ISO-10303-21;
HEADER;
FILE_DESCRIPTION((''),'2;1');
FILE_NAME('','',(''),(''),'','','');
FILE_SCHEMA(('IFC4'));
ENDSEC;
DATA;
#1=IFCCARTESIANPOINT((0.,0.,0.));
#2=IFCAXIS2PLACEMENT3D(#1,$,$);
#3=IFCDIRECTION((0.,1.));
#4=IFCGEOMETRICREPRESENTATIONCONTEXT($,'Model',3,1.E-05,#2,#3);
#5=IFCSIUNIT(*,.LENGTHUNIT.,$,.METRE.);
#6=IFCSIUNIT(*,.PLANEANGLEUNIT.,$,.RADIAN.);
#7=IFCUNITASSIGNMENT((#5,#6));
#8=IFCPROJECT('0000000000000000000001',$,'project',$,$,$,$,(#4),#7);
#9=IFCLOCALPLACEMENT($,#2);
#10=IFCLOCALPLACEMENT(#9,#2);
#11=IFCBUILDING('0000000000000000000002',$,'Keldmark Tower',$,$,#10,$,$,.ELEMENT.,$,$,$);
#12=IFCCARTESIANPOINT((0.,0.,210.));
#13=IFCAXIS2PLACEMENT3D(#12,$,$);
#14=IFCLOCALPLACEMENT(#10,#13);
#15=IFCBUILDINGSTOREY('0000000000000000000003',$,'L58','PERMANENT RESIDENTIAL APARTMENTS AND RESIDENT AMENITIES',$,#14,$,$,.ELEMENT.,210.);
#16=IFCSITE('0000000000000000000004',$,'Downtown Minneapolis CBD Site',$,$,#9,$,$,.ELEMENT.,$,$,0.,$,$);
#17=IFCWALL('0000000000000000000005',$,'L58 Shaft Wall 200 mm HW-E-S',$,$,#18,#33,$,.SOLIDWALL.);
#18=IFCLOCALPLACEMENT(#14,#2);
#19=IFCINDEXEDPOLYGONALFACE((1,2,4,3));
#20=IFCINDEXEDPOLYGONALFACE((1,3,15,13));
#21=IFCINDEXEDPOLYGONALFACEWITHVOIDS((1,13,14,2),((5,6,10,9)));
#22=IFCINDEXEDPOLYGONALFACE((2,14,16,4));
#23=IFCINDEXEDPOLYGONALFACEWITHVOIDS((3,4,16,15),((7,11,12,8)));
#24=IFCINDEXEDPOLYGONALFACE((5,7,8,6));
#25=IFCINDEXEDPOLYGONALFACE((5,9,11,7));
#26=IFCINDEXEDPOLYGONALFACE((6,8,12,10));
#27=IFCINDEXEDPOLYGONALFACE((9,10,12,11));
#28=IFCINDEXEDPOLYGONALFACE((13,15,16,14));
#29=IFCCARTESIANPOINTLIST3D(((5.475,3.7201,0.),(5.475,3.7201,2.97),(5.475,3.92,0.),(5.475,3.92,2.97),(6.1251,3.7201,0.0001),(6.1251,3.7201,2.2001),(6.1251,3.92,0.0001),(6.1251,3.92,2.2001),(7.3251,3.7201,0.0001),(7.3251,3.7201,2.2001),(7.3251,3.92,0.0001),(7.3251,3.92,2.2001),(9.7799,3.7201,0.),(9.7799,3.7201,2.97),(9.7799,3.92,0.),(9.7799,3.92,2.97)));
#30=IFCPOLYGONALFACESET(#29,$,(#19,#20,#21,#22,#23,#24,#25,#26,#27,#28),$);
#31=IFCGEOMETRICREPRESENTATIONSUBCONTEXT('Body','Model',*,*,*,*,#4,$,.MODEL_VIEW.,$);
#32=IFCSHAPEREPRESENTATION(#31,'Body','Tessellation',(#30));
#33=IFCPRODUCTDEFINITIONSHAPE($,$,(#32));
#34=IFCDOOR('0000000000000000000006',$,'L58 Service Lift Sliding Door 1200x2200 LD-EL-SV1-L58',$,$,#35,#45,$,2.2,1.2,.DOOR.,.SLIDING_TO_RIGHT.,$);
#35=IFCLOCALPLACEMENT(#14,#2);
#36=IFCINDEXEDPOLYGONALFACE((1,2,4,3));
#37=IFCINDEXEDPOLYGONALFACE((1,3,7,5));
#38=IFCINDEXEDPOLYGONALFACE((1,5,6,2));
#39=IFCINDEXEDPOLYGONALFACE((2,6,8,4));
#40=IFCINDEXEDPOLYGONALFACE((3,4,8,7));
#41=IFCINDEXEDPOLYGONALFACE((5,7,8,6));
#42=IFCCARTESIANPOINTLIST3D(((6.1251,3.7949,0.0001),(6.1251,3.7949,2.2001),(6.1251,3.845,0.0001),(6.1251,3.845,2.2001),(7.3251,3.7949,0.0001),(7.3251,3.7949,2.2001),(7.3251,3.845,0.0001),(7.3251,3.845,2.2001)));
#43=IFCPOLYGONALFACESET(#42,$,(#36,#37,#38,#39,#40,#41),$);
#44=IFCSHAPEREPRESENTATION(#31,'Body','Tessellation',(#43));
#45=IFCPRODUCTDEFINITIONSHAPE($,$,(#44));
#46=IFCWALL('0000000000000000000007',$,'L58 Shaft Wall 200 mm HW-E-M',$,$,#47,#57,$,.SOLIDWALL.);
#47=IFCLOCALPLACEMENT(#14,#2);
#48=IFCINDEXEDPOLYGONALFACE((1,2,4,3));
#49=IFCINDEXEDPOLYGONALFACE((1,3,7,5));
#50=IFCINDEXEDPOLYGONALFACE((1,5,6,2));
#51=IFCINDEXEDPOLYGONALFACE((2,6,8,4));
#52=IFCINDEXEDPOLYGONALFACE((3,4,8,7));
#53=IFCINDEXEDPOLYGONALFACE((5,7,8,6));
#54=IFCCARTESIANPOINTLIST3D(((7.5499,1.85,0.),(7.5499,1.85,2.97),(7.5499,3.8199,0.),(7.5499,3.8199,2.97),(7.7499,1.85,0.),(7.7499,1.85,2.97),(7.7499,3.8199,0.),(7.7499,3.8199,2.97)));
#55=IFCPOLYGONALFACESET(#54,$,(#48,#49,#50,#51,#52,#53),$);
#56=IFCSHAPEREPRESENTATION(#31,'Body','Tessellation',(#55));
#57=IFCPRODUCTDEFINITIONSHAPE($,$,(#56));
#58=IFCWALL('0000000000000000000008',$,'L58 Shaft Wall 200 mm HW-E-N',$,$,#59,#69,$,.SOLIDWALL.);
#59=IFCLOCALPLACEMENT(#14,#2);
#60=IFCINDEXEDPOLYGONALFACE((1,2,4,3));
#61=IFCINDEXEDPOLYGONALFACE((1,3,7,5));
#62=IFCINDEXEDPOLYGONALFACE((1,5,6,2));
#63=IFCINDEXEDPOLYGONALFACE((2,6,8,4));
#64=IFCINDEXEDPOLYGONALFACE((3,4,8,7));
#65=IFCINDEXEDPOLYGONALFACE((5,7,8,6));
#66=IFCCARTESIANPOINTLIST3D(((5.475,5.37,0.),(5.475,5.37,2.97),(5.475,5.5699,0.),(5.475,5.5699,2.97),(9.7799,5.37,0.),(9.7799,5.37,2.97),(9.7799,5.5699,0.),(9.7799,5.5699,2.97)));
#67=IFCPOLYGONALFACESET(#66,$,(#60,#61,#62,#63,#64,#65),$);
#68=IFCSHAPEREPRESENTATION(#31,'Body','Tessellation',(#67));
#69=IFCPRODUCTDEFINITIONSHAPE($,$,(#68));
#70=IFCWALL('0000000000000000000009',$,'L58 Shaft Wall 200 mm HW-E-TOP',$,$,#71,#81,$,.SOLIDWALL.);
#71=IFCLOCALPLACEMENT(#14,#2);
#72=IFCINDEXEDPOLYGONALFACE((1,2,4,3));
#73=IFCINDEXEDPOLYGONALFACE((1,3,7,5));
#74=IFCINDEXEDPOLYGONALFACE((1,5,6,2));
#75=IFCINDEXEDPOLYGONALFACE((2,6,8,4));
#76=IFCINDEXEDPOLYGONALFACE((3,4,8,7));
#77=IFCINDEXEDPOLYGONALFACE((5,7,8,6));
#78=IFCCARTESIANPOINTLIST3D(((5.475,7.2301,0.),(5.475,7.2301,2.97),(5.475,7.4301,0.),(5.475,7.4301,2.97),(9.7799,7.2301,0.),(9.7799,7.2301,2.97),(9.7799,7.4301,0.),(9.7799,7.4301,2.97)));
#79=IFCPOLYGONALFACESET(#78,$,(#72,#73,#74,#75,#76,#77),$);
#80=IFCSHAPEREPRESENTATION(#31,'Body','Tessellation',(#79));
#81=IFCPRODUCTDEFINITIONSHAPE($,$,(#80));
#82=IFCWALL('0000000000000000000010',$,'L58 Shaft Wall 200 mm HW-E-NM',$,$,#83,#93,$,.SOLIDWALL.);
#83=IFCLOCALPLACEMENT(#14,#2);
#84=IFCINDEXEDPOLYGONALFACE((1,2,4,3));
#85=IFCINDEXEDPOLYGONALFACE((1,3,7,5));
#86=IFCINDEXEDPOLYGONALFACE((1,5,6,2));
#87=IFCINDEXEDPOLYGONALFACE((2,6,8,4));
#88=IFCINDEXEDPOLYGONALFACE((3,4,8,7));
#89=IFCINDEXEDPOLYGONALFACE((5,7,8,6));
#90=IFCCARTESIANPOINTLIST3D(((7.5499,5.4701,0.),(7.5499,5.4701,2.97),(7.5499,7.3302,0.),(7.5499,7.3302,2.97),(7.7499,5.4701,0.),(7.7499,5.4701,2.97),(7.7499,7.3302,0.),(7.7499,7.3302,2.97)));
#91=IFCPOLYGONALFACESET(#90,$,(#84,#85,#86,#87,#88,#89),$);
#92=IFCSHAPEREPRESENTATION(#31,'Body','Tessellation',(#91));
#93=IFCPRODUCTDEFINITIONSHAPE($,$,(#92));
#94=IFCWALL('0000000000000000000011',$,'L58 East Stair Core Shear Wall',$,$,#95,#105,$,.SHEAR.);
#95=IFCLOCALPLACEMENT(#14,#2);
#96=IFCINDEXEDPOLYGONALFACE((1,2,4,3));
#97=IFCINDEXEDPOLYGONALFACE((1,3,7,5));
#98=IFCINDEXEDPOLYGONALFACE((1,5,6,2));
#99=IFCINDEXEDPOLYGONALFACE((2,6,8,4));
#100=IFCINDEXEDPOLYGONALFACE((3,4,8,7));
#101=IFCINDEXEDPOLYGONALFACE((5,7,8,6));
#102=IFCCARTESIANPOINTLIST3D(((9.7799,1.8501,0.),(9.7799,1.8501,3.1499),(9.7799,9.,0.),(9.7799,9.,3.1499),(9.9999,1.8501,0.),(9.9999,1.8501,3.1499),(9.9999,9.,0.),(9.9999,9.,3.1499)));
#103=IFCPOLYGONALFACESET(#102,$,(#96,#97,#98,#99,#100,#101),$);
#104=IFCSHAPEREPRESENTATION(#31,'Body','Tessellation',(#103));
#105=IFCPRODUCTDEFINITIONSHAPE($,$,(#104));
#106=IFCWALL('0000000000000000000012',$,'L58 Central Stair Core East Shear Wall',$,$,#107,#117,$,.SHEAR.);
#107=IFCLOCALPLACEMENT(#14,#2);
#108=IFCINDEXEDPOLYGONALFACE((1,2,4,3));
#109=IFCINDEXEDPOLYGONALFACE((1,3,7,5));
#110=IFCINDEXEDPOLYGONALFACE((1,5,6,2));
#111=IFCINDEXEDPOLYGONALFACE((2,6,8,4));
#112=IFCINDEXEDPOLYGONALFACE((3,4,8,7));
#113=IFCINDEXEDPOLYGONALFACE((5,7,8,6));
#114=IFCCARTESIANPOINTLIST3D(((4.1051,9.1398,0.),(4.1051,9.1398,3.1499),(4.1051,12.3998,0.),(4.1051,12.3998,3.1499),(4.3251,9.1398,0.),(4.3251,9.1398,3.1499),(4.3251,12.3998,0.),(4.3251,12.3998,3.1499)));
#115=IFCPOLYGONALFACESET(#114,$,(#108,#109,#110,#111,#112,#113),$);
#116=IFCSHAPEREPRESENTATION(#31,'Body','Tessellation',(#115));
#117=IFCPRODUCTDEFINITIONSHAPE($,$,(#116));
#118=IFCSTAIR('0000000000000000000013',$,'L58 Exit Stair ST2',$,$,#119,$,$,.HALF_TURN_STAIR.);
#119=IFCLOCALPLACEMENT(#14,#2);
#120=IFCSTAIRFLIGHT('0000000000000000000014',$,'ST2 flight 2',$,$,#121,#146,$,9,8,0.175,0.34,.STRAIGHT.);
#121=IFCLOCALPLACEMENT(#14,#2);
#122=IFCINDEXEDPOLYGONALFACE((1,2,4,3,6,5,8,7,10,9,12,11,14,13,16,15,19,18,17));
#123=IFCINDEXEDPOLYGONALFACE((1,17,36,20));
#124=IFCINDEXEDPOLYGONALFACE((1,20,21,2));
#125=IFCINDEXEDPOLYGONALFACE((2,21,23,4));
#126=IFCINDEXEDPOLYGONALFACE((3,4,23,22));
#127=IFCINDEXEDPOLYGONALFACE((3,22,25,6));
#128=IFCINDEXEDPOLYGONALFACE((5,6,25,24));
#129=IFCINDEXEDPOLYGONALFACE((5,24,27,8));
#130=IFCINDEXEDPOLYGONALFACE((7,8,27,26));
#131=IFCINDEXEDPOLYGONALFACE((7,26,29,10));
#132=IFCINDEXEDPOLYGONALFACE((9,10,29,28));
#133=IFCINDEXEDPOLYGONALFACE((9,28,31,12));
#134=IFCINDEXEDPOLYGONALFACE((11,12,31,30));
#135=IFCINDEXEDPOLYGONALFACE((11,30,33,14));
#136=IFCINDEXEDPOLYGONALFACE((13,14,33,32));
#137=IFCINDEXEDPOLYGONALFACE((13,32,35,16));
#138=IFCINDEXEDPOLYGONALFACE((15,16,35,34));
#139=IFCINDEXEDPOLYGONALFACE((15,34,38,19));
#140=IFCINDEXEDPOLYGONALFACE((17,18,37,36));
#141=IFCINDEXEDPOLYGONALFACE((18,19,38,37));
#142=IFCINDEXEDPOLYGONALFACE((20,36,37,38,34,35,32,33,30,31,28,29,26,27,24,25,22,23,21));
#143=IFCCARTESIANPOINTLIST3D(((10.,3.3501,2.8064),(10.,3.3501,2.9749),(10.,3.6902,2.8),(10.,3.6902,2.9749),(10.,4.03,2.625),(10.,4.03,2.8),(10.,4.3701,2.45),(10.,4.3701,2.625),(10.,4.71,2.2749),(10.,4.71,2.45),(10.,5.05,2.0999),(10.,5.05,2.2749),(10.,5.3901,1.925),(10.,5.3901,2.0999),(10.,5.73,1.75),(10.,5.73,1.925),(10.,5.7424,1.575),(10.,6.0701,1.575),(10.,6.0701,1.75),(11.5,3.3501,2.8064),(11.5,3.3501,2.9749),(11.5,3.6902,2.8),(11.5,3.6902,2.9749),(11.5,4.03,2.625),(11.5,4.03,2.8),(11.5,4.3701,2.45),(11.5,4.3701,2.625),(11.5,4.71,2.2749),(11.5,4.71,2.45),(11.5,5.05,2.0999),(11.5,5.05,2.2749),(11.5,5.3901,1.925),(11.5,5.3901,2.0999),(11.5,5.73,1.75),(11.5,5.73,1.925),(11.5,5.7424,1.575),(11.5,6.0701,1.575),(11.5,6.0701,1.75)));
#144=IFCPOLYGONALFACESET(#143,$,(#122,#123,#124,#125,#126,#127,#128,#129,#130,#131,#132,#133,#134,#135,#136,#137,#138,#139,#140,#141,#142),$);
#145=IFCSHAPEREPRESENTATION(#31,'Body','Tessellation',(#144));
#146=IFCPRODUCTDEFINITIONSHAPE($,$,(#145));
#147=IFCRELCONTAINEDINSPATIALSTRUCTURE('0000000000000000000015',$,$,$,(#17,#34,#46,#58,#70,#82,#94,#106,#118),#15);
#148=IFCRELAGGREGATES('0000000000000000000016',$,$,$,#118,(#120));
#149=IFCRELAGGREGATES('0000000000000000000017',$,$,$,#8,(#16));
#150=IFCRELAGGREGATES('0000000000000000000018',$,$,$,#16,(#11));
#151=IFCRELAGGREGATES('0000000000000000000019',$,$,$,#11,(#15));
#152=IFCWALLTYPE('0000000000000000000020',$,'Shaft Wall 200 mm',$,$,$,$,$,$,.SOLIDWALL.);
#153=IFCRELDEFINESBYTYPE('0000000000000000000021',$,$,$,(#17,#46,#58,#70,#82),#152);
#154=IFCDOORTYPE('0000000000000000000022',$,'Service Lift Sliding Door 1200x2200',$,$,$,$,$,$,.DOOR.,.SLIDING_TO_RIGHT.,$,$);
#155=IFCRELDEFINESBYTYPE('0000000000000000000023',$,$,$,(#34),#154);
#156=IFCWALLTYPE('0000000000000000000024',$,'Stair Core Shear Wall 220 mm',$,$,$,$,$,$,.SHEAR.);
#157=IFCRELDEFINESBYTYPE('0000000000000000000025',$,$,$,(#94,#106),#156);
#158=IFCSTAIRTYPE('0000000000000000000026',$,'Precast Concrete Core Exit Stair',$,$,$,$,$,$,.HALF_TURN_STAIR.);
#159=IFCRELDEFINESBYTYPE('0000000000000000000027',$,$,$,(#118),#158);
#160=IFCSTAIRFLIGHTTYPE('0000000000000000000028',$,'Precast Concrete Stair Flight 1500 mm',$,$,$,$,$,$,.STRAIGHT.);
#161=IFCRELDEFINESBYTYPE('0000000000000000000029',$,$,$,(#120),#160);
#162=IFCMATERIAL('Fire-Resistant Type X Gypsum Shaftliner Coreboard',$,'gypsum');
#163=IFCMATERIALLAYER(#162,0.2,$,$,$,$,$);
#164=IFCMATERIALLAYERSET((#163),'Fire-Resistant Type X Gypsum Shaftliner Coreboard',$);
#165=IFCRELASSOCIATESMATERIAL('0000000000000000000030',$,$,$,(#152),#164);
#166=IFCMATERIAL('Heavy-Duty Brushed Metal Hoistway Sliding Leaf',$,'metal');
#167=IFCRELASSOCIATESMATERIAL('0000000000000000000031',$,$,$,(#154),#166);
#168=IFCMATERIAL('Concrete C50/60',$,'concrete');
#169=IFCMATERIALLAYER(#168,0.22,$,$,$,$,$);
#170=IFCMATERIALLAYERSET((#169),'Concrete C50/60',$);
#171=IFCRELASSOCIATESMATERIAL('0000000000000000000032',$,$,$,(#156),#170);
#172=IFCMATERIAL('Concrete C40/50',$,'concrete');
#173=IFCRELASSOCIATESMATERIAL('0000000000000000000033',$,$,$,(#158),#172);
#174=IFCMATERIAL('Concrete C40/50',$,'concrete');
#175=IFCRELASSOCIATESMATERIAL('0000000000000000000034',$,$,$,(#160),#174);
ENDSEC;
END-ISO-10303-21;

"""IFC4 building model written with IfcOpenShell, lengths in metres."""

from ifc_helpers import new_model, si_unit, direction, frame, frame_2d, origin, place, context, subcontext, project, spatial, polyline, rectangle, outline, extrude, material, layer, layer_set, type_object, element, fill, aggregate, save


model = new_model("IFC4")

# Units and contexts
model_context = context("Model", 3, precision=1e-05, world=origin(), true_north=direction((0.0, 1.0)))
body_context = subcontext(model_context, "Body", "Model", "MODEL_VIEW")
ifc_project = project(units=[si_unit("LENGTHUNIT", "METRE"), si_unit("PLANEANGLEUNIT", "RADIAN")], contexts=[model_context])

# Site, building, storey
site_placement = place(None, origin())
site = spatial("IfcSite", under=ifc_project, at=site_placement, Name="Downtown Minneapolis CBD Site", CompositionType="ELEMENT", RefElevation=0.0)
building_placement = place(site_placement, origin())
building = spatial("IfcBuilding", under=site, at=building_placement, Name="Keldmark Tower", CompositionType="ELEMENT")
storey_placement = place(building_placement, frame((0.0, 0.0, 210.0)))
storey = spatial("IfcBuildingStorey", under=building, at=storey_placement, Name="L58", Description="PERMANENT RESIDENTIAL APARTMENTS AND RESIDENT AMENITIES", CompositionType="ELEMENT", Elevation=210.0)

# Wall, opening, door
ifc_material_1 = material(Name="Fire-Resistant Type X Gypsum Shaftliner Coreboard", Category="gypsum")
ifc_layer_1 = layer(ifc_material_1, 0.2)
ifc_layer_set_1 = layer_set([ifc_layer_1], Name="Fire-Resistant Type X Gypsum Shaftliner Coreboard")
wall_type_1 = type_object("IfcWallType", Name="Shaft Wall 200 mm", PredefinedType="SOLIDWALL", material=ifc_layer_set_1)
wall_1_placement = place(storey_placement, frame((5.4751, 3.8201, 0.0), z_axis=(0.0, 0.0, 1.0), x_axis=(1.0, 0.0, 0.0)))
wall_1 = element("IfcWall", 1, at=wall_1_placement, inside=storey, type_object=wall_type_1, Name="L58 Shaft Wall 200 mm HW-E-S", PredefinedType="SOLIDWALL", context=body_context, shape_type="SweptSolid", body=[
    extrude(rectangle(XDim=4.3049, YDim=0.2, at=frame_2d((2.1523, 0.0))), origin(), (0.0, 0.0, 1.0), 2.97),
])
opening_1_placement = place(wall_1_placement, frame((0.6499, 0.0, 0.0)))
opening_1 = element("IfcOpeningElement", 2, at=opening_1_placement, cuts=wall_1, PredefinedType="OPENING", context=body_context, shape_type="SweptSolid", body=[
    extrude(rectangle(XDim=1.2, YDim=2.2, at=frame_2d((0.6001, 1.1001))), frame((0.0, 0.1099, 0.0), z_axis=(0.0, -1.0, 0.0), x_axis=(1.0, 0.0, 0.0)), (0.0, 0.0, 1.0), 0.22),
])
ifc_material_2 = material(Name="Heavy-Duty Brushed Metal Hoistway Sliding Leaf", Category="metal")
door_type_1 = type_object("IfcDoorType", Name="Service Lift Sliding Door 1200x2200", OperationType="SLIDING_TO_RIGHT", PredefinedType="DOOR", material=ifc_material_2)
door_1_placement = place(opening_1_placement, origin())
door_1 = element("IfcDoor", 3, at=door_1_placement, inside=storey, type_object=door_type_1, Name="L58 Service Lift Sliding Door 1200x2200 LD-EL-SV1-L58", OperationType="SLIDING_TO_RIGHT", OverallHeight=2.2, OverallWidth=1.2, PredefinedType="DOOR", context=body_context, shape_type="SweptSolid", body=[
    extrude(rectangle(XDim=1.2, YDim=2.2, at=frame_2d((0.6001, 1.1001))), frame((0.0, 0.0249, 0.0), z_axis=(0.0, -1.0, 0.0), x_axis=(1.0, 0.0, 0.0)), (0.0, 0.0, 1.0), 0.05),
])
fill(opening_1, door_1)

# Walls
wall_2_placement = place(storey_placement, frame((7.6499, 1.8501, 0.0), z_axis=(0.0, 0.0, 1.0), x_axis=(0.0, 1.0, 0.0)))
element("IfcWall", 4, at=wall_2_placement, inside=storey, type_object=wall_type_1, Name="L58 Shaft Wall 200 mm HW-E-M", PredefinedType="SOLIDWALL", context=body_context, shape_type="SweptSolid", body=[
    extrude(rectangle(XDim=1.97, YDim=0.2, at=frame_2d((0.9849, 0.0))), origin(), (0.0, 0.0, 1.0), 2.97),
])
for number, where, z_axis, x_axis, name in (
    (5, (5.4751, 5.47, 0.0), (0.0, 0.0, 1.0), (1.0, 0.0, 0.0), "L58 Shaft Wall 200 mm HW-E-N"),
    (6, (5.4751, 7.3301, 0.0), (0.0, 0.0, 1.0), (1.0, 0.0, 0.0), "L58 Shaft Wall 200 mm HW-E-TOP"),
):
    element("IfcWall", number, at=place(storey_placement, frame(where, z_axis=z_axis, x_axis=x_axis)), inside=storey, type_object=wall_type_1, Name=name, PredefinedType="SOLIDWALL", context=body_context, shape_type="SweptSolid", body=[
        extrude(rectangle(XDim=4.3049, YDim=0.2, at=frame_2d((2.1523, 0.0))), origin(), (0.0, 0.0, 1.0), 2.97),
    ])
wall_3_placement = place(storey_placement, frame((7.6499, 5.47, 0.0), z_axis=(0.0, 0.0, 1.0), x_axis=(0.0, 1.0, 0.0)))
element("IfcWall", 7, at=wall_3_placement, inside=storey, type_object=wall_type_1, Name="L58 Shaft Wall 200 mm HW-E-NM", PredefinedType="SOLIDWALL", context=body_context, shape_type="SweptSolid", body=[
    extrude(rectangle(XDim=1.8601, YDim=0.2, at=frame_2d((0.9302, 0.0))), origin(), (0.0, 0.0, 1.0), 2.97),
])
ifc_material_3 = material(Name="Concrete C50/60", Category="concrete")
ifc_layer_2 = layer(ifc_material_3, 0.22)
ifc_layer_set_2 = layer_set([ifc_layer_2], Name="Concrete C50/60")
wall_type_2 = type_object("IfcWallType", Name="Stair Core Shear Wall 220 mm", PredefinedType="SHEAR", material=ifc_layer_set_2)
wall_4_placement = place(storey_placement, frame((9.8899, 1.8501, 0.0), z_axis=(0.0, 0.0, 1.0), x_axis=(0.0, 1.0, 0.0)))
element("IfcWall", 8, at=wall_4_placement, inside=storey, type_object=wall_type_2, Name="L58 East Stair Core Shear Wall", PredefinedType="SHEAR", context=body_context, shape_type="SweptSolid", body=[
    extrude(rectangle(XDim=7.1499, YDim=0.22, at=frame_2d((3.575, 0.0))), origin(), (0.0, 0.0, 1.0), 3.1499),
])
wall_5_placement = place(storey_placement, frame((4.2151, 9.1399, 0.0), z_axis=(0.0, 0.0, 1.0), x_axis=(0.0, 1.0, 0.0)))
element("IfcWall", 9, at=wall_5_placement, inside=storey, type_object=wall_type_2, Name="L58 Central Stair Core East Shear Wall", PredefinedType="SHEAR", context=body_context, shape_type="SweptSolid", body=[
    extrude(rectangle(XDim=3.26, YDim=0.22, at=frame_2d((1.6299, 0.0))), origin(), (0.0, 0.0, 1.0), 3.1499),
])

# Stair, stair flight
ifc_material_4 = material(Name="Concrete C40/50", Category="concrete")
stair_type = type_object("IfcStairType", Name="Precast Concrete Core Exit Stair", PredefinedType="HALF_TURN_STAIR", material=ifc_material_4)
stair_placement = place(storey_placement, origin())
stair = element("IfcStair", 10, at=stair_placement, inside=storey, type_object=stair_type, Name="L58 Exit Stair ST2", PredefinedType="HALF_TURN_STAIR")
ifc_material_5 = material(Name="Concrete C40/50", Category="concrete")
stair_flight_type = type_object("IfcStairFlightType", Name="Precast Concrete Stair Flight 1500 mm", PredefinedType="STRAIGHT", material=ifc_material_5)
stair_flight_placement = place(storey_placement, frame((10.75, 6.0701, 1.575), z_axis=(0.0, 0.0, 1.0), x_axis=(0.0, -1.0, 0.0)))
stair_flight = element("IfcStairFlight", 11, at=stair_flight_placement, type_object=stair_flight_type, Name="ST2 flight 2", NumberOfRisers=9, NumberOfTreads=8, PredefinedType="STRAIGHT", RiserHeight=0.175, TreadLength=0.34, context=body_context, shape_type="SweptSolid", body=[
    extrude(outline(polyline([(0.0, 0.0), (0.0, 0.175), (0.3401, 0.175), (0.3401, 0.3501), (0.6799, 0.3501), (0.6799, 0.5249), (1.02, 0.5249), (1.02, 0.7), (1.3601, 0.7), (1.3601, 0.875), (1.7, 0.875), (1.7, 1.05), (2.04, 1.05), (2.04, 1.2251), (2.3799, 1.2251), (2.3799, 1.3999), (2.72, 1.3999), (2.72, 1.575), (2.72, 1.2314), (0.3276, 0.0), (0.0, 0.0)])), frame((0.0, 0.75, 0.0), z_axis=(0.0, -1.0, 0.0), x_axis=(1.0, 0.0, 0.0)), (0.0, 0.0, 1.0), 1.5),
])
aggregate(stair, [stair_flight])

save(model, "model.ifc")
